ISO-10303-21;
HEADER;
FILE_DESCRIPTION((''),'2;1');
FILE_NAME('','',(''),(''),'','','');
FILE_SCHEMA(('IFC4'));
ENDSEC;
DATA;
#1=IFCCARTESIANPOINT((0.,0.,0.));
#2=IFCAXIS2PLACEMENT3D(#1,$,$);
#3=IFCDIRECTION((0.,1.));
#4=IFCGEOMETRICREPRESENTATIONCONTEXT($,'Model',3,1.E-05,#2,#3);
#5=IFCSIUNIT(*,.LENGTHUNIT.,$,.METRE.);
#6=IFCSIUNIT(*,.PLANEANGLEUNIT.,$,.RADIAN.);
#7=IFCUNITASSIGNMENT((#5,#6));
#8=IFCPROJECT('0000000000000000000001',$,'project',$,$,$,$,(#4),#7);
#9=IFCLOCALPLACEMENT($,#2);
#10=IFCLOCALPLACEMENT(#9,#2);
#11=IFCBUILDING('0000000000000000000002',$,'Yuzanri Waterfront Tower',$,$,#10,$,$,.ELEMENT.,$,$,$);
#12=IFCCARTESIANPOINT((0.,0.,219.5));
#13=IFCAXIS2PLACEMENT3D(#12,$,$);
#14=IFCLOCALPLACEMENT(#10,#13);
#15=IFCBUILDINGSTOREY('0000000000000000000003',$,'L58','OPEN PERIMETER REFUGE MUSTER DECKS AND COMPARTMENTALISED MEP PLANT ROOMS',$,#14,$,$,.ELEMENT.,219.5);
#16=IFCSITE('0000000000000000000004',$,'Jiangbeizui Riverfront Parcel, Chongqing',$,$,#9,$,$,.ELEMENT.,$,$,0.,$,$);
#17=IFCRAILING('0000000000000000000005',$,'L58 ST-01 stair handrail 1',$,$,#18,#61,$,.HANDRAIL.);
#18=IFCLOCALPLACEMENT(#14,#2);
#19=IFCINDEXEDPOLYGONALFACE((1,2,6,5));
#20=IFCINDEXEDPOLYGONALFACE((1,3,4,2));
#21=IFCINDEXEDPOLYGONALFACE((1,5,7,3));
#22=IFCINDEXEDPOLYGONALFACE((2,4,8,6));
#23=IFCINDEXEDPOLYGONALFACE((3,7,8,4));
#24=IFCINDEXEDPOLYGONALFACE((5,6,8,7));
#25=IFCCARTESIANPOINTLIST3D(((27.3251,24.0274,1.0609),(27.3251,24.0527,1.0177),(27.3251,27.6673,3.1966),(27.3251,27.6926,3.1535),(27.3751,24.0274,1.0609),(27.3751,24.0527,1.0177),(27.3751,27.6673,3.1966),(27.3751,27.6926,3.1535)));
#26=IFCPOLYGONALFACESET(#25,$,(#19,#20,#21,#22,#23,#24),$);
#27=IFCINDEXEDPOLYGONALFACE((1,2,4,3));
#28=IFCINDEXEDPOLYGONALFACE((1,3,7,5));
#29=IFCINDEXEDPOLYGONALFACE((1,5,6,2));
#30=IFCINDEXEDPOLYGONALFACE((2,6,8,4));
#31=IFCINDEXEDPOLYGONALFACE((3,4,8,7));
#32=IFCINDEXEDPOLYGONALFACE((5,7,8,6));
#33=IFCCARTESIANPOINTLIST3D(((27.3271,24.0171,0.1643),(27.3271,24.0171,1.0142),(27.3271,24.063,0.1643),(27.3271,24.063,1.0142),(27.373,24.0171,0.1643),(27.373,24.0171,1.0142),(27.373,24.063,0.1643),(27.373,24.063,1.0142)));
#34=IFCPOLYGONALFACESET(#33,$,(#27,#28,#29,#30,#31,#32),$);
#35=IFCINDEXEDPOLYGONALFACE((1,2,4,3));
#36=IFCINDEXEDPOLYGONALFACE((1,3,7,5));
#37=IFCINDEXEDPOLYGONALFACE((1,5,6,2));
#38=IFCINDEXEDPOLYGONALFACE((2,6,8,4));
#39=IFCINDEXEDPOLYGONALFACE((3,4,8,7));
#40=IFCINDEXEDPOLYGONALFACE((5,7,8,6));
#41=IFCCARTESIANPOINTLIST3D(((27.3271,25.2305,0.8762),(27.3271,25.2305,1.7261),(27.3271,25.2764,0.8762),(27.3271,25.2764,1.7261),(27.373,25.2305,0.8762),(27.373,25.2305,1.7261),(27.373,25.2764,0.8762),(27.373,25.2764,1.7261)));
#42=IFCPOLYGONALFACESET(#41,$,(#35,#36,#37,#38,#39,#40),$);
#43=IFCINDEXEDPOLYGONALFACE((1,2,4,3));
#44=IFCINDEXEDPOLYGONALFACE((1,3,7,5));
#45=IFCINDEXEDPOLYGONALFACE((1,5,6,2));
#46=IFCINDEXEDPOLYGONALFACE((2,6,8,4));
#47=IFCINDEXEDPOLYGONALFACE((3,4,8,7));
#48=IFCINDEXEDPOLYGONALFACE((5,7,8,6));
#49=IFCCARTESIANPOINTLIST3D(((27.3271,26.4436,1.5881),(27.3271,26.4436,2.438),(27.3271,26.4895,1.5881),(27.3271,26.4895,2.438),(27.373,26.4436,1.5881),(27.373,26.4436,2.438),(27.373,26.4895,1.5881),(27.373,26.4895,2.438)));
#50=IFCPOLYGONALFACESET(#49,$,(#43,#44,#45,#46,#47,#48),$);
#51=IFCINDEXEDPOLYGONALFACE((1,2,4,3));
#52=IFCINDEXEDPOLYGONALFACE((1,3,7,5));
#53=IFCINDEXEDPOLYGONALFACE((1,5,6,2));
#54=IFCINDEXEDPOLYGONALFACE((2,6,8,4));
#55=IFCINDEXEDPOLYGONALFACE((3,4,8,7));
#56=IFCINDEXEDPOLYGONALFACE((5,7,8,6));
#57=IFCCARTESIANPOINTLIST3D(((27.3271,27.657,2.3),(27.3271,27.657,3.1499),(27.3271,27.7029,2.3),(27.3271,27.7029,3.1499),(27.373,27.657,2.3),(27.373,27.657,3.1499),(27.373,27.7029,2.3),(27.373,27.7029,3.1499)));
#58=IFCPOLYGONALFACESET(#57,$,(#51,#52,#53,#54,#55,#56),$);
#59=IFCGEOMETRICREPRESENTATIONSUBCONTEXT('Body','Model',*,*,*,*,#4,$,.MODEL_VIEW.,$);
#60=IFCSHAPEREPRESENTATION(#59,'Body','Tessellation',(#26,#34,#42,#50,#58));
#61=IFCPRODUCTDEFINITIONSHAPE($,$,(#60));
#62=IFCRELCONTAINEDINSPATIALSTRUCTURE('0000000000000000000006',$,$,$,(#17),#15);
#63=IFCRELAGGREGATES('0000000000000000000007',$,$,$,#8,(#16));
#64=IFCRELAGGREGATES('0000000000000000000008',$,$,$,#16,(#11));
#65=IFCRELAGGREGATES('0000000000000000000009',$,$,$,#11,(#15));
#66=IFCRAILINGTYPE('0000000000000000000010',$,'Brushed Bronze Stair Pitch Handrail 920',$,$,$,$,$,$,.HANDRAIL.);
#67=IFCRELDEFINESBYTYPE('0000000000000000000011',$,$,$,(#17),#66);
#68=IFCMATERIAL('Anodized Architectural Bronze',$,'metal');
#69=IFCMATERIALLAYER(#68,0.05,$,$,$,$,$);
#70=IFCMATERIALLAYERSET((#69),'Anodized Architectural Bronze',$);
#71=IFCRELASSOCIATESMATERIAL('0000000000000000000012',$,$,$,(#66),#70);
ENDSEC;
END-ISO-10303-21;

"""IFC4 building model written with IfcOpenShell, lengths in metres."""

from ifc_helpers import new_model, si_unit, direction, frame, origin, origin_2d, place, context, subcontext, project, spatial, rectangle, extrude, source, transform, mapped, material, layer, layer_set, type_object, element, save


model = new_model("IFC4")

# Units and contexts
model_context = context("Model", 3, precision=1e-05, world=origin(), true_north=direction((0.0, 1.0)))
body_context = subcontext(model_context, "Body", "Model", "MODEL_VIEW")
ifc_project = project(units=[si_unit("LENGTHUNIT", "METRE"), si_unit("PLANEANGLEUNIT", "RADIAN")], contexts=[model_context])

# Site, building, storey
site_placement = place(None, origin())
site = spatial("IfcSite", under=ifc_project, at=site_placement, Name="Jiangbeizui Riverfront Parcel, Chongqing", CompositionType="ELEMENT", RefElevation=0.0)
building_placement = place(site_placement, origin())
building = spatial("IfcBuilding", under=site, at=building_placement, Name="Yuzanri Waterfront Tower", CompositionType="ELEMENT")
storey_placement = place(building_placement, frame((0.0, 0.0, 219.5)))
storey = spatial("IfcBuildingStorey", under=building, at=storey_placement, Name="L58", Description="OPEN PERIMETER REFUGE MUSTER DECKS AND COMPARTMENTALISED MEP PLANT ROOMS", CompositionType="ELEMENT", Elevation=219.5)

# Railing
ifc_material_1 = material(Name="Anodized Architectural Bronze", Category="metal")
ifc_layer_1 = layer(ifc_material_1, 0.05)
ifc_layer_set_1 = layer_set([ifc_layer_1], Name="Anodized Architectural Bronze")
railing_type_1 = type_object("IfcRailingType", Name="Brushed Bronze Stair Pitch Handrail 920", PredefinedType="HANDRAIL", material=ifc_layer_set_1)
shared_shape_1 = source(origin(), body_context, "Body", "SweptSolid", [
    extrude(rectangle(XDim=0.05, YDim=0.05, at=origin_2d()), frame((0.0, 0.0, 0.875), z_axis=(0.0, 0.86249, 0.506074), x_axis=(-1.0, 0.0, 0.0)), (0.0, 0.0, 1.0), 4.2202),
    extrude(rectangle(XDim=0.0459, YDim=0.0459, at=origin_2d()), origin(), (0.0, 0.0, 1.0), 0.8499),
    extrude(rectangle(XDim=0.0459, YDim=0.0459, at=origin_2d()), frame((0.0, 1.2134, 0.7119)), (0.0, 0.0, 1.0), 0.8499),
    extrude(rectangle(XDim=0.0459, YDim=0.0459, at=origin_2d()), frame((0.0, 2.4265, 1.4238)), (0.0, 0.0, 1.0), 0.8499),
    extrude(rectangle(XDim=0.0459, YDim=0.0459, at=origin_2d()), frame((0.0, 3.6399, 2.1357)), (0.0, 0.0, 1.0), 0.8499),
])
railing_1_placement = place(storey_placement, frame((27.3501, 24.04, 0.1643)))
element("IfcRailing", 1, at=railing_1_placement, inside=storey, type_object=railing_type_1, Name="L58 ST-01 stair handrail 1", PredefinedType="HANDRAIL", context=body_context, shape_type="MappedRepresentation", body=[
    mapped(shared_shape_1, transform((0.0, 0.0, 0.0), scale=1.0)),
])

save(model, "model.ifc")
